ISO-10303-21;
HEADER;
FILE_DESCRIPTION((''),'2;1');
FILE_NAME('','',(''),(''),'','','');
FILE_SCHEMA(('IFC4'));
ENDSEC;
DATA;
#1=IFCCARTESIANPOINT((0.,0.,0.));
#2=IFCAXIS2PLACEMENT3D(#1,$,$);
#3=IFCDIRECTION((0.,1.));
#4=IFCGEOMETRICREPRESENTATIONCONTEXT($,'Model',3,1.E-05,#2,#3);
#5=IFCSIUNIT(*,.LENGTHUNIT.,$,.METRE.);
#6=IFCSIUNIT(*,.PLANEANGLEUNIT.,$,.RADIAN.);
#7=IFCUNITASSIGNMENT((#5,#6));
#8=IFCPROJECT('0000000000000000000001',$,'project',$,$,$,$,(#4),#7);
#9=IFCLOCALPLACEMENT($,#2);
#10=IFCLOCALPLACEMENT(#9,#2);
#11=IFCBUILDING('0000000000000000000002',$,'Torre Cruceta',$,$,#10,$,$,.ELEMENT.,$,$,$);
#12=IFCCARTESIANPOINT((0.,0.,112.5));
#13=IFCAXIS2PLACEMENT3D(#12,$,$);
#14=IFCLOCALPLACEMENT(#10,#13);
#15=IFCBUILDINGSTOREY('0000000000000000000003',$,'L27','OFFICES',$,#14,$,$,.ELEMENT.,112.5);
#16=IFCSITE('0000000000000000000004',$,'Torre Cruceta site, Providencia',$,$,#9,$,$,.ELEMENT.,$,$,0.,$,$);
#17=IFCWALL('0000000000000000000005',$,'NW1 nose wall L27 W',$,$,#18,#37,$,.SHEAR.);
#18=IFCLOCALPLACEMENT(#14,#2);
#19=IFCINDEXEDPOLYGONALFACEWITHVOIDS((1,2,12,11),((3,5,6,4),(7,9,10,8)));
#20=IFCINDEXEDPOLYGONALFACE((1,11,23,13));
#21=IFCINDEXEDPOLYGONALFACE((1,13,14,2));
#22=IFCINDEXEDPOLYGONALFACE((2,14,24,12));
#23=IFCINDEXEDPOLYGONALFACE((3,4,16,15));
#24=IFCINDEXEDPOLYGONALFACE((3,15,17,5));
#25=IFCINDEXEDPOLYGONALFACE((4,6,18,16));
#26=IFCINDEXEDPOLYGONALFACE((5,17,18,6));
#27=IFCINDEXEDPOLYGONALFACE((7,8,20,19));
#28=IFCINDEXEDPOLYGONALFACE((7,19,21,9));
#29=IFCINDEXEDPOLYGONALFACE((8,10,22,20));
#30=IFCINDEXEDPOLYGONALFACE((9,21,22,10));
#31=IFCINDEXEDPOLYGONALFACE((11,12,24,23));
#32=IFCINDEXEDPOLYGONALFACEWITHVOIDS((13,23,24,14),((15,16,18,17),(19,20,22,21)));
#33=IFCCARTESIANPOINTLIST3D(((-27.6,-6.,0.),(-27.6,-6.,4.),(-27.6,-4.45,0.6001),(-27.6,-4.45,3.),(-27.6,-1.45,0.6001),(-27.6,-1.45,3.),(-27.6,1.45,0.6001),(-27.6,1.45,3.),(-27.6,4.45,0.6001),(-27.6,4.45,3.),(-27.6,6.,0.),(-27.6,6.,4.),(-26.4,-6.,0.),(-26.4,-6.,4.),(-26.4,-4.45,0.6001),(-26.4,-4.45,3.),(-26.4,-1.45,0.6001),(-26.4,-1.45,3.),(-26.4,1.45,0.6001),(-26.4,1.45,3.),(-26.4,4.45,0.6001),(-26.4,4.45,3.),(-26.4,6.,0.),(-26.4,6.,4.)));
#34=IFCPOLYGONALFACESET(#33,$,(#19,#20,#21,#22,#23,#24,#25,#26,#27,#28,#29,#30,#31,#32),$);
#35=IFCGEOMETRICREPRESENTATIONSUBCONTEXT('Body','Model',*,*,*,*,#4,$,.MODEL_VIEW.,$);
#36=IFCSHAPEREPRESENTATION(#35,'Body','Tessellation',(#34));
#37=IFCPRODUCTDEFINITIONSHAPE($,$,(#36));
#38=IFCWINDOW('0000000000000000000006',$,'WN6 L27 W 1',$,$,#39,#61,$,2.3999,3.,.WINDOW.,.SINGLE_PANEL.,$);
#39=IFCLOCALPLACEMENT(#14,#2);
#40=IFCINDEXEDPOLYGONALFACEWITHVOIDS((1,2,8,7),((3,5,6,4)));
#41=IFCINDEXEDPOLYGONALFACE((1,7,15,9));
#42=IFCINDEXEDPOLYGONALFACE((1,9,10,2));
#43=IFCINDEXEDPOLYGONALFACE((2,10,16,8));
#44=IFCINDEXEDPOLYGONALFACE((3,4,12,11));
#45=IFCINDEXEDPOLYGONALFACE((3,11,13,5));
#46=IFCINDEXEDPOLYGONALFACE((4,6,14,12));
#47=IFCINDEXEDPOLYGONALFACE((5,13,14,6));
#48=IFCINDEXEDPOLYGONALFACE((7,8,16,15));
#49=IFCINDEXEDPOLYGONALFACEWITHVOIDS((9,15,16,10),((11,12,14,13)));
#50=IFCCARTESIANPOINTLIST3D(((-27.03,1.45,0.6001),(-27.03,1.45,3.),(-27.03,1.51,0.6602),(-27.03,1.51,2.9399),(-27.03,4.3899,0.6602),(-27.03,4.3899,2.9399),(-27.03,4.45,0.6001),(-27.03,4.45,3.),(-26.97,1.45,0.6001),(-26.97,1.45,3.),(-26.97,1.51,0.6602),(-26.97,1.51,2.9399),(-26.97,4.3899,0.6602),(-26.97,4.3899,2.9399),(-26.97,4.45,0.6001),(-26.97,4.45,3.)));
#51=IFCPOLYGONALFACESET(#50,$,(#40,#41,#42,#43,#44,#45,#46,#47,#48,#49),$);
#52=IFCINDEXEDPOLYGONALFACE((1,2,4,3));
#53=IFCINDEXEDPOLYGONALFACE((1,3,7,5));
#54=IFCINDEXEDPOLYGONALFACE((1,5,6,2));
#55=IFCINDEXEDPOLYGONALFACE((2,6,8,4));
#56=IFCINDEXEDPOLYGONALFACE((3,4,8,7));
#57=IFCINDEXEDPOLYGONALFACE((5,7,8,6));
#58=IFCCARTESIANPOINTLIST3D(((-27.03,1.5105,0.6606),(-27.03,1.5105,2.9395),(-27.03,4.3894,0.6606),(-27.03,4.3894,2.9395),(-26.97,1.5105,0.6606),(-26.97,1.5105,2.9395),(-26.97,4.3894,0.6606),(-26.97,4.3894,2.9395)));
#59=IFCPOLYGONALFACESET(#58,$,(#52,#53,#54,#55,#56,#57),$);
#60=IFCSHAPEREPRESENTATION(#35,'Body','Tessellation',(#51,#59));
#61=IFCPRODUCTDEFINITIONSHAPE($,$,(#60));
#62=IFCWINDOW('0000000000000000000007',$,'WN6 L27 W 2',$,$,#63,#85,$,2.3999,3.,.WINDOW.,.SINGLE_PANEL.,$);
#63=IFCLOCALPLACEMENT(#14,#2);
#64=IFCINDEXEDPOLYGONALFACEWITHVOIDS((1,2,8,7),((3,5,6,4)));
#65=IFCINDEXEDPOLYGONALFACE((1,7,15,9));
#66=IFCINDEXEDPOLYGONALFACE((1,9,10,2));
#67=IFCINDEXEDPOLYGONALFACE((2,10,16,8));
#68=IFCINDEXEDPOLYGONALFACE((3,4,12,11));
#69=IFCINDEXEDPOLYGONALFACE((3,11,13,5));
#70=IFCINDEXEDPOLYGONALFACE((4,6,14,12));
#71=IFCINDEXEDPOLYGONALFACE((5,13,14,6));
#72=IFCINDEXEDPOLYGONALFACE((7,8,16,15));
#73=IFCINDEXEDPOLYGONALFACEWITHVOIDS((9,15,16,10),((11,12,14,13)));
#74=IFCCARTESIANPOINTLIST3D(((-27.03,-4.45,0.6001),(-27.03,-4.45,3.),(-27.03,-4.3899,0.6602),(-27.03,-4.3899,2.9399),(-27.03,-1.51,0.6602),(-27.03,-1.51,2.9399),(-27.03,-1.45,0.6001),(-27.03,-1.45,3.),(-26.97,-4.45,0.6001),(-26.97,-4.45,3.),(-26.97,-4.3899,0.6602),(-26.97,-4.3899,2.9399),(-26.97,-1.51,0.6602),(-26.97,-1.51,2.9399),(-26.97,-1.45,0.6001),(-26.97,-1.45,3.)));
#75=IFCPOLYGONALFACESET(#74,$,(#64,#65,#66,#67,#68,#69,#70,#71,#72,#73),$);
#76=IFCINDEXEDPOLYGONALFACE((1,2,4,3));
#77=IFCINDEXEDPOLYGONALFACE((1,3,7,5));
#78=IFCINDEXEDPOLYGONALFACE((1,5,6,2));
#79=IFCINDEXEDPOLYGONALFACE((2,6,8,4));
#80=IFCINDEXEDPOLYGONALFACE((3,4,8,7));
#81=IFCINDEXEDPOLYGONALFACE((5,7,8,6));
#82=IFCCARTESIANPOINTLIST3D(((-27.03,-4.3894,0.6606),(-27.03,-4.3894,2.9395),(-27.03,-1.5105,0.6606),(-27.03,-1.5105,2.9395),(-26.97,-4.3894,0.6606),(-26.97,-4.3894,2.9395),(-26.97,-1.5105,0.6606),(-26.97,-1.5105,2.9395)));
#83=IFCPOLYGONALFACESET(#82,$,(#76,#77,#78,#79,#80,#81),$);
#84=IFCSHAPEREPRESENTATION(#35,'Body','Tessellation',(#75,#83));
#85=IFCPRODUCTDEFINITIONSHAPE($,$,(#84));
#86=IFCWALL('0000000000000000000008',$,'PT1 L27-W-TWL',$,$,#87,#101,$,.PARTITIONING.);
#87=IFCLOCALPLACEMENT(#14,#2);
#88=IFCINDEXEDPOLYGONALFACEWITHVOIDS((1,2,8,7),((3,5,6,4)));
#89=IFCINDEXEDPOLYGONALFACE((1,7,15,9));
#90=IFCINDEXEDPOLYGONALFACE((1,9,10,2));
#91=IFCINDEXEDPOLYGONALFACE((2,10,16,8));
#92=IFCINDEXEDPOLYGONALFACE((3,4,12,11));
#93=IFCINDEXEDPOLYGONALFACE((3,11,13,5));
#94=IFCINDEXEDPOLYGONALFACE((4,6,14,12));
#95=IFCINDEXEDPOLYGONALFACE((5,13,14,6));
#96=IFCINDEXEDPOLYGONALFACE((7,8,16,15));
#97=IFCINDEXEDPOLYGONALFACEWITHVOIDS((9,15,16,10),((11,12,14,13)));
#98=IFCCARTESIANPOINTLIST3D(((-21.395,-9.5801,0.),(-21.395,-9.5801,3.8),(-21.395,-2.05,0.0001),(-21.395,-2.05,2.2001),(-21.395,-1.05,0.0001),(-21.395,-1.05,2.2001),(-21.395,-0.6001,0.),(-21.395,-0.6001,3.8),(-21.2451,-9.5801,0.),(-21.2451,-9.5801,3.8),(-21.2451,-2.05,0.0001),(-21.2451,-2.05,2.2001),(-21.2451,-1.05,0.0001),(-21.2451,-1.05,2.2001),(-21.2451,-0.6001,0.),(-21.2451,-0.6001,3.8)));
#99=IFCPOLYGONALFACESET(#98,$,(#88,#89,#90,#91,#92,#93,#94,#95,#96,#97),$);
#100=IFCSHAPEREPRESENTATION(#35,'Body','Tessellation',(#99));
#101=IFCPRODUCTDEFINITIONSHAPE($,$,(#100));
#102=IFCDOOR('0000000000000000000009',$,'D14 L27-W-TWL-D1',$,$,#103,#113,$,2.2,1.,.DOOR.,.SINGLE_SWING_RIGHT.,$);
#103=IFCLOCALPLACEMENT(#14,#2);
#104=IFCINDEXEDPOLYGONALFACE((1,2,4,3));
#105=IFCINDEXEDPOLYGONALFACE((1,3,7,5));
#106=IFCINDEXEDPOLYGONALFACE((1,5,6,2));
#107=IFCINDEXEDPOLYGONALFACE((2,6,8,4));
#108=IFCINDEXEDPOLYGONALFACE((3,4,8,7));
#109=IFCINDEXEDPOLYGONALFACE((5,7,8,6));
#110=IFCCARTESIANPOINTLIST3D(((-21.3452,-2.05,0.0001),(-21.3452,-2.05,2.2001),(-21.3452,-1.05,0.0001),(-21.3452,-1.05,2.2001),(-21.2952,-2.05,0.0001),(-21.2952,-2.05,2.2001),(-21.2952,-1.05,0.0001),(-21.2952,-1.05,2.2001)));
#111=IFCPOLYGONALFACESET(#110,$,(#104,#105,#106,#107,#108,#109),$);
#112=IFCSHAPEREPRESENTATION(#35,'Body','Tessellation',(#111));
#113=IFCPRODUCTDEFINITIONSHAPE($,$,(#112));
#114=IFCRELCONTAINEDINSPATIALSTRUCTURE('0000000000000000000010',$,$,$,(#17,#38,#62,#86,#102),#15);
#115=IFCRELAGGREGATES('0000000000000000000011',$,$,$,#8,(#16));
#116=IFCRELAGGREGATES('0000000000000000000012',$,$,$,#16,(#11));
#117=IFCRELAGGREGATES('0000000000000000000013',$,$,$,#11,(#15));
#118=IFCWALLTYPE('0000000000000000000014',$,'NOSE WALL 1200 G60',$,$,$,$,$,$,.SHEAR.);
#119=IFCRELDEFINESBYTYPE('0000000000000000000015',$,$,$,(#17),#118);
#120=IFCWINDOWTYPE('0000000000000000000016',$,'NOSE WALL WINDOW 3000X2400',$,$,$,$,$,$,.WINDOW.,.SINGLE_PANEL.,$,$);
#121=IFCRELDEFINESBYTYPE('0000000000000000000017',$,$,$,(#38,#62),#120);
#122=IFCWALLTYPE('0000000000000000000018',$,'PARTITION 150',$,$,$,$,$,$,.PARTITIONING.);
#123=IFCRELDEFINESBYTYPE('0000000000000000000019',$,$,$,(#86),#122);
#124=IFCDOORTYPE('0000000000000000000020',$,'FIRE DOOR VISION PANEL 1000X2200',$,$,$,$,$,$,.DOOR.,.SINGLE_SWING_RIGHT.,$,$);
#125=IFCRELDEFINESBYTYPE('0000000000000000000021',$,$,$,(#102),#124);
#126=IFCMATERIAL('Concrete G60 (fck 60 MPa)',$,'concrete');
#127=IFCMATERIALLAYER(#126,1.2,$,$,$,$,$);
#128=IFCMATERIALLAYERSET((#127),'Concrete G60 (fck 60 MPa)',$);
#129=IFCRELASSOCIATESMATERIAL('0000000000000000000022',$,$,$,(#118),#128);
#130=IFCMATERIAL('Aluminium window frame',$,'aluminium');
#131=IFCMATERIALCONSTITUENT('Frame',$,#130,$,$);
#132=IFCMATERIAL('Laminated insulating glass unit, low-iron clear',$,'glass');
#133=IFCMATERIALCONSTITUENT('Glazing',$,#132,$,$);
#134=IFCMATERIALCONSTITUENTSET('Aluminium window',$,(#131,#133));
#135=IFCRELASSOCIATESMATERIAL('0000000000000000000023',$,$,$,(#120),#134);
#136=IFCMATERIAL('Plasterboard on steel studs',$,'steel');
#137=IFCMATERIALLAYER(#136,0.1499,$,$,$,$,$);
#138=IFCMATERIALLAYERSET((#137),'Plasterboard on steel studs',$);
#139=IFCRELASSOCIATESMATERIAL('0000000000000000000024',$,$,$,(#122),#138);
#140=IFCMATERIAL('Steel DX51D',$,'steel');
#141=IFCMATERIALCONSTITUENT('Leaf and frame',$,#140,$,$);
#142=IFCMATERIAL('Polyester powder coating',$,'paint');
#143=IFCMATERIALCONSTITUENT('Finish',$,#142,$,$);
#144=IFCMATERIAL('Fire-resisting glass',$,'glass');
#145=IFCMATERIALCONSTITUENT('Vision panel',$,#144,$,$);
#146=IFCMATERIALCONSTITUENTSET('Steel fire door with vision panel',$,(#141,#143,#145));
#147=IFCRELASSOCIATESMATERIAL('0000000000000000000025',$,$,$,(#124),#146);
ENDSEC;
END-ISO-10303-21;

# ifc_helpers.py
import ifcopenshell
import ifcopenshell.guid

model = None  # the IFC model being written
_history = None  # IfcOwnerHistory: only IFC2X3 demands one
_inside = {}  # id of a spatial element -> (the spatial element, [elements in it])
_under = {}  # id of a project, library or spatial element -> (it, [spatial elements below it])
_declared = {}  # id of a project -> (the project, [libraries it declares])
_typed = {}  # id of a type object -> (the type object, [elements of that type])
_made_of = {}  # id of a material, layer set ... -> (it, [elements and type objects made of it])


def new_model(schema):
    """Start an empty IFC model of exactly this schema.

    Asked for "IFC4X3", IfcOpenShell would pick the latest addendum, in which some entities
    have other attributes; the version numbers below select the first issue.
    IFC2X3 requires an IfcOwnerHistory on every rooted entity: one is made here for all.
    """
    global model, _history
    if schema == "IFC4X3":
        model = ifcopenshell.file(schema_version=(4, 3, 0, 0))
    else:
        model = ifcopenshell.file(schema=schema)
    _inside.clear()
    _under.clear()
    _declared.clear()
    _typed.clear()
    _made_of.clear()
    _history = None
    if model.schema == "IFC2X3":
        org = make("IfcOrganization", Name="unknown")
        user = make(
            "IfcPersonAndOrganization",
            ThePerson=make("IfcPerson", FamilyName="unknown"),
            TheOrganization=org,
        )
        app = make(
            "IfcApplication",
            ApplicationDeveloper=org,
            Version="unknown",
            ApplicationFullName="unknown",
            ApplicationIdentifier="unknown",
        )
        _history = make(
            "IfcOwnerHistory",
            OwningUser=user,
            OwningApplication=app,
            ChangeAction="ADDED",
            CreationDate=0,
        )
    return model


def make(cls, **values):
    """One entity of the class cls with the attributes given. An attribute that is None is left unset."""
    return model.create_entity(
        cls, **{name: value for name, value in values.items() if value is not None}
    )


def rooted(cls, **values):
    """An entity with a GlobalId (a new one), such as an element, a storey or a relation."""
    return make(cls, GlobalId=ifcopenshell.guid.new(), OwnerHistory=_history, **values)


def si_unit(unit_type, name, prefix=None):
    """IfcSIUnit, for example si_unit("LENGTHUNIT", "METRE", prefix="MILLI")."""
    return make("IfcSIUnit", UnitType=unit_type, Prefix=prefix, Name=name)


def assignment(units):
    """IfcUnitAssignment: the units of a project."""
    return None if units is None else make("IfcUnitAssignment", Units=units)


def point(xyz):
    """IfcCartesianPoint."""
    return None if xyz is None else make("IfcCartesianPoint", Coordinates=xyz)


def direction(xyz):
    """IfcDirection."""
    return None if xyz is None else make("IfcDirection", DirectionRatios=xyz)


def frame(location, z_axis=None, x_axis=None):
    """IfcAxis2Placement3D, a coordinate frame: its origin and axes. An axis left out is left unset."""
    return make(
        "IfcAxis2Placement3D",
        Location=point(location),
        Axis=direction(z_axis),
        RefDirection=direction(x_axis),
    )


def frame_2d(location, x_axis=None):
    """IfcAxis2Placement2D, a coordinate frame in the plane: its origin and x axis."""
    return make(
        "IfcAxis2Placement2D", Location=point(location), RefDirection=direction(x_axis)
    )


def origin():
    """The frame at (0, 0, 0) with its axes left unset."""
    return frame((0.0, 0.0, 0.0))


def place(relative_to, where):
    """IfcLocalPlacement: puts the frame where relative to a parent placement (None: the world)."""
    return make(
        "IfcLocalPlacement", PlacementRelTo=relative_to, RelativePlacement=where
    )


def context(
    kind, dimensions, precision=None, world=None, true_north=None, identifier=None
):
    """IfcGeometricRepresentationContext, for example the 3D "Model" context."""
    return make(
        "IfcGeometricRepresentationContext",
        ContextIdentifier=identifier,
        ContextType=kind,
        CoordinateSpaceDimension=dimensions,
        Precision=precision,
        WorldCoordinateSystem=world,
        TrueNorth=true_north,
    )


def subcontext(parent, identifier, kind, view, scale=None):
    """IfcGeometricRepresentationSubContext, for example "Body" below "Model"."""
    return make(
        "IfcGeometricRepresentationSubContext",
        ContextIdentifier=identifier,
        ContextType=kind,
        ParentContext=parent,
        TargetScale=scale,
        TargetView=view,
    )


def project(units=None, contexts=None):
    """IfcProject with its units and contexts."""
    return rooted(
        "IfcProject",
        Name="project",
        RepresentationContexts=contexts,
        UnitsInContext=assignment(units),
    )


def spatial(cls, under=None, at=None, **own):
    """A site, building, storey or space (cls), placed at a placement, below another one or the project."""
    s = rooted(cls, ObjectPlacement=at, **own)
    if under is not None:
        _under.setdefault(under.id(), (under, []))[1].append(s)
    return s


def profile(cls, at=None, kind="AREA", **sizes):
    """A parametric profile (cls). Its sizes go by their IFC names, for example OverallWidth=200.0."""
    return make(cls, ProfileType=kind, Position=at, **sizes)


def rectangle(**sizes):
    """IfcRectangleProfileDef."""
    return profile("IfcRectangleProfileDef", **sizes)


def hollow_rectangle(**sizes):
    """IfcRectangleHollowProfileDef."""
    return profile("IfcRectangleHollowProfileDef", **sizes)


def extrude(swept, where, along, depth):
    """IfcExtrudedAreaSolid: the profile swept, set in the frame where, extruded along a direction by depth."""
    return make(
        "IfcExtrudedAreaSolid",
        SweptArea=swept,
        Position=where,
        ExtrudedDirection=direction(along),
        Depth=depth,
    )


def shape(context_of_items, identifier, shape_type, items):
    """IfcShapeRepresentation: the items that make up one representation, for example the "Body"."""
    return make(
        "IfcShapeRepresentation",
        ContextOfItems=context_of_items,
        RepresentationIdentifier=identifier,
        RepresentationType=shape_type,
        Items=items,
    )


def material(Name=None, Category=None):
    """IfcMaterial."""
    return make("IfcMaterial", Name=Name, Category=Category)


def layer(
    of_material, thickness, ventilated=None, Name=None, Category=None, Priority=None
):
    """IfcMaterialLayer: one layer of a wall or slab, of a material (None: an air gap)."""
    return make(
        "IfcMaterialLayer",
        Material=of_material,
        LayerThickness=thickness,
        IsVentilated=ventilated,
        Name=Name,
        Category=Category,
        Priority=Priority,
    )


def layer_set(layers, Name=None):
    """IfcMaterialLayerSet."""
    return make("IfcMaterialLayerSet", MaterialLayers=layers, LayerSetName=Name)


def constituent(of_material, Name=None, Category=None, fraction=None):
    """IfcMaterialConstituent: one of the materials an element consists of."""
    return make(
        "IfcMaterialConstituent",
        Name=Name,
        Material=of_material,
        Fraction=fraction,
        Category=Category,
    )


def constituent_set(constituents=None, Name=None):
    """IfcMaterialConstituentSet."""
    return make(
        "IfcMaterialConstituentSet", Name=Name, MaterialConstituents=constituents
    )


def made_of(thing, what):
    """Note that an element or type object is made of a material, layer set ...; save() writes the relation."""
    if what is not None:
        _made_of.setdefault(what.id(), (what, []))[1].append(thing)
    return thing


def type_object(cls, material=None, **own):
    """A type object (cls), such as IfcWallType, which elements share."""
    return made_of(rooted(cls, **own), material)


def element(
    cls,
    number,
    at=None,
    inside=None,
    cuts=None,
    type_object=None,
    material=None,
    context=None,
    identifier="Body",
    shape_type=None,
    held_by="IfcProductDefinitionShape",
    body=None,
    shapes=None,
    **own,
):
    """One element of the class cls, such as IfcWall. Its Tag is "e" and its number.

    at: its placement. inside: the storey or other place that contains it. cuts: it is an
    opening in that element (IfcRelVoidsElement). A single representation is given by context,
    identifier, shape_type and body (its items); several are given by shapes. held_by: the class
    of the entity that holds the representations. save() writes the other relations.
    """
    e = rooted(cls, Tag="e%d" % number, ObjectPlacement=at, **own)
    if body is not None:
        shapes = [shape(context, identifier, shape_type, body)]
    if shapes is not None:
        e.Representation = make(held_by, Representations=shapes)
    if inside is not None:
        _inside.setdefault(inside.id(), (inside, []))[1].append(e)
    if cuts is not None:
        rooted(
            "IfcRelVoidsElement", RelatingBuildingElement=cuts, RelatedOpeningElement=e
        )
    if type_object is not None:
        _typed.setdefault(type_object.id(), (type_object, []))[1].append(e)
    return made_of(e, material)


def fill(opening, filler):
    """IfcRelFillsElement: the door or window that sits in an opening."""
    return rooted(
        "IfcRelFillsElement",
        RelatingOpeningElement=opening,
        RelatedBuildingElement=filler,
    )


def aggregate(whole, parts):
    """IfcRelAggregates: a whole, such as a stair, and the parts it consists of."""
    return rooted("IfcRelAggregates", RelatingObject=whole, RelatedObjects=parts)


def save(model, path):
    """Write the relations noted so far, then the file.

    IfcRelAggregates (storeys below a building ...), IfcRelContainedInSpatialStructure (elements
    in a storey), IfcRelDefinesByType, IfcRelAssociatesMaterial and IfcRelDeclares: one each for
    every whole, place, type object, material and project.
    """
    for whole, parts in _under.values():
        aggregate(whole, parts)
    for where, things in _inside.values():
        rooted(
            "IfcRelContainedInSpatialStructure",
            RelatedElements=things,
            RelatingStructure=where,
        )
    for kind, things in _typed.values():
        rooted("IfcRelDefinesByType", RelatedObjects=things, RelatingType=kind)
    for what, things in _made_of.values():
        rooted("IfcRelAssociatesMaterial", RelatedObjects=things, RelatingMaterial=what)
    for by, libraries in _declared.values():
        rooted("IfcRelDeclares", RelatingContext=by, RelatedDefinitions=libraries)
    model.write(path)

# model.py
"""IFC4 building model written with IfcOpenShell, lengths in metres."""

from ifc_helpers import new_model, si_unit, direction, frame, frame_2d, origin, place, context, subcontext, project, spatial, rectangle, hollow_rectangle, extrude, material, layer, layer_set, constituent, constituent_set, type_object, element, fill, save


model = new_model("IFC4")

# Units and contexts
model_context = context("Model", 3, precision=1e-05, world=origin(), true_north=direction((0.0, 1.0)))
body_context = subcontext(model_context, "Body", "Model", "MODEL_VIEW")
ifc_project = project(units=[si_unit("LENGTHUNIT", "METRE"), si_unit("PLANEANGLEUNIT", "RADIAN")], contexts=[model_context])

# Site, building, storey
site_placement = place(None, origin())
site = spatial("IfcSite", under=ifc_project, at=site_placement, Name="Torre Cruceta site, Providencia", CompositionType="ELEMENT", RefElevation=0.0)
building_placement = place(site_placement, origin())
building = spatial("IfcBuilding", under=site, at=building_placement, Name="Torre Cruceta", CompositionType="ELEMENT")
storey_placement = place(building_placement, frame((0.0, 0.0, 112.5)))
storey = spatial("IfcBuildingStorey", under=building, at=storey_placement, Name="L27", Description="OFFICES", CompositionType="ELEMENT", Elevation=112.5)

# Wall, openings, windows
ifc_material_1 = material(Name="Concrete G60 (fck 60 MPa)", Category="concrete")
ifc_layer_1 = layer(ifc_material_1, 1.2)
ifc_layer_set_1 = layer_set([ifc_layer_1], Name="Concrete G60 (fck 60 MPa)")
wall_type_1 = type_object("IfcWallType", Name="NOSE WALL 1200 G60", PredefinedType="SHEAR", material=ifc_layer_set_1)
wall_1_placement = place(storey_placement, frame((-27.0, 6.0, 0.0), z_axis=(0.0, 0.0, 1.0), x_axis=(0.0, -1.0, 0.0)))
wall_1 = element("IfcWall", 1, at=wall_1_placement, inside=storey, type_object=wall_type_1, Name="NW1 nose wall L27 W", PredefinedType="SHEAR", context=body_context, shape_type="SweptSolid", body=[
    extrude(rectangle(XDim=12.0, YDim=1.2, at=frame_2d((6.0, 0.0))), origin(), (0.0, 0.0, 1.0), 4.0),
])
opening_1_placement = place(wall_1_placement, frame((1.55, 0.0, 0.6001)))
opening_1 = element("IfcOpeningElement", 2, at=opening_1_placement, cuts=wall_1, PredefinedType="OPENING", context=body_context, shape_type="SweptSolid", body=[
    extrude(rectangle(XDim=3.0, YDim=2.3999, at=frame_2d((1.5, 1.2))), frame((0.0, 0.6099, 0.0), z_axis=(0.0, -1.0, 0.0), x_axis=(1.0, 0.0, 0.0)), (0.0, 0.0, 1.0), 1.22),
])
opening_2_placement = place(wall_1_placement, frame((7.45, 0.0, 0.6001)))
opening_2 = element("IfcOpeningElement", 3, at=opening_2_placement, cuts=wall_1, PredefinedType="OPENING", context=body_context, shape_type="SweptSolid", body=[
    extrude(rectangle(XDim=3.0, YDim=2.3999, at=frame_2d((1.5, 1.2))), frame((0.0, 0.6099, 0.0), z_axis=(0.0, -1.0, 0.0), x_axis=(1.0, 0.0, 0.0)), (0.0, 0.0, 1.0), 1.22),
])
ifc_material_2 = material(Name="Aluminium window frame", Category="aluminium")
ifc_constituent_1 = constituent(ifc_material_2, Name="Frame")
ifc_material_3 = material(Name="Laminated insulating glass unit, low-iron clear", Category="glass")
ifc_constituent_2 = constituent(ifc_material_3, Name="Glazing")
ifc_constituent_set_1 = constituent_set(constituents=[ifc_constituent_1, ifc_constituent_2], Name="Aluminium window")
window_type_1 = type_object("IfcWindowType", Name="NOSE WALL WINDOW 3000X2400", PartitioningType="SINGLE_PANEL", PredefinedType="WINDOW", material=ifc_constituent_set_1)
window_1_placement = place(opening_1_placement, origin())
window_1 = element("IfcWindow", 4, at=window_1_placement, inside=storey, type_object=window_type_1, Name="WN6 L27 W 1", OverallHeight=2.3999, OverallWidth=3.0, PartitioningType="SINGLE_PANEL", PredefinedType="WINDOW", context=body_context, shape_type="SweptSolid", body=[
    extrude(hollow_rectangle(XDim=3.0, YDim=2.3999, WallThickness=0.0601, at=frame_2d((1.5, 1.2))), frame((0.0, 0.03, 0.0), z_axis=(0.0, -1.0, 0.0), x_axis=(1.0, 0.0, 0.0)), (0.0, 0.0, 1.0), 0.0601),
    extrude(rectangle(XDim=2.8789, YDim=2.2788, at=frame_2d((1.5, 1.2))), frame((0.0, 0.03, 0.0), z_axis=(0.0, -1.0, 0.0), x_axis=(1.0, 0.0, 0.0)), (0.0, 0.0, 1.0), 0.0601),
])
fill(opening_1, window_1)
window_2_placement = place(opening_2_placement, origin())
window_2 = element("IfcWindow", 5, at=window_2_placement, inside=storey, type_object=window_type_1, Name="WN6 L27 W 2", OverallHeight=2.3999, OverallWidth=3.0, PartitioningType="SINGLE_PANEL", PredefinedType="WINDOW", context=body_context, shape_type="SweptSolid", body=[
    extrude(hollow_rectangle(XDim=3.0, YDim=2.3999, WallThickness=0.0601, at=frame_2d((1.5, 1.2))), frame((0.0, 0.03, 0.0), z_axis=(0.0, -1.0, 0.0), x_axis=(1.0, 0.0, 0.0)), (0.0, 0.0, 1.0), 0.0601),
    extrude(rectangle(XDim=2.8789, YDim=2.2788, at=frame_2d((1.5, 1.2))), frame((0.0, 0.03, 0.0), z_axis=(0.0, -1.0, 0.0), x_axis=(1.0, 0.0, 0.0)), (0.0, 0.0, 1.0), 0.0601),
])
fill(opening_2, window_2)

# Wall, opening, door
ifc_material_4 = material(Name="Plasterboard on steel studs", Category="steel")
ifc_layer_2 = layer(ifc_material_4, 0.1499)
ifc_layer_set_2 = layer_set([ifc_layer_2], Name="Plasterboard on steel studs")
wall_type_2 = type_object("IfcWallType", Name="PARTITION 150", PredefinedType="PARTITIONING", material=ifc_layer_set_2)
wall_2_placement = place(storey_placement, frame((-21.3201, -0.6001, 0.0), z_axis=(0.0, 0.0, 1.0), x_axis=(0.0, -1.0, 0.0)))
wall_2 = element("IfcWall", 6, at=wall_2_placement, inside=storey, type_object=wall_type_2, Name="PT1 L27-W-TWL", PredefinedType="PARTITIONING", context=body_context, shape_type="SweptSolid", body=[
    extrude(rectangle(XDim=8.98, YDim=0.1499, at=frame_2d((4.49, 0.0))), origin(), (0.0, 0.0, 1.0), 3.8),
])
opening_3_placement = place(wall_2_placement, frame((0.45, 0.0, 0.0)))
opening_3 = element("IfcOpeningElement", 7, at=opening_3_placement, cuts=wall_2, PredefinedType="OPENING", context=body_context, shape_type="SweptSolid", body=[
    extrude(rectangle(XDim=1.0, YDim=2.2, at=frame_2d((0.5, 1.1001))), frame((0.0, 0.085, 0.0), z_axis=(0.0, -1.0, 0.0), x_axis=(1.0, 0.0, 0.0)), (0.0, 0.0, 1.0), 0.1699),
])
ifc_material_5 = material(Name="Steel DX51D", Category="steel")
ifc_constituent_3 = constituent(ifc_material_5, Name="Leaf and frame")
ifc_material_6 = material(Name="Polyester powder coating", Category="paint")
ifc_constituent_4 = constituent(ifc_material_6, Name="Finish")
ifc_material_7 = material(Name="Fire-resisting glass", Category="glass")
ifc_constituent_5 = constituent(ifc_material_7, Name="Vision panel")
ifc_constituent_set_2 = constituent_set(constituents=[ifc_constituent_3, ifc_constituent_4, ifc_constituent_5], Name="Steel fire door with vision panel")
door_type = type_object("IfcDoorType", Name="FIRE DOOR VISION PANEL 1000X2200", OperationType="SINGLE_SWING_RIGHT", PredefinedType="DOOR", material=ifc_constituent_set_2)
door_placement = place(opening_3_placement, frame((1.0, 0.0, 0.0), z_axis=(0.0, 0.0, 1.0), x_axis=(-1.0, 0.0, 0.0)))
door = element("IfcDoor", 8, at=door_placement, inside=storey, type_object=door_type, Name="D14 L27-W-TWL-D1", OperationType="SINGLE_SWING_RIGHT", OverallHeight=2.2, OverallWidth=1.0, PredefinedType="DOOR", context=body_context, shape_type="SweptSolid", body=[
    extrude(rectangle(XDim=1.0, YDim=2.2, at=frame_2d((0.5, 1.1001))), frame((0.0, 0.0251, 0.0), z_axis=(0.0, -1.0, 0.0), x_axis=(1.0, 0.0, 0.0)), (0.0, 0.0, 1.0), 0.05),
])
fill(opening_3, door)

save(model, "model.ifc")
